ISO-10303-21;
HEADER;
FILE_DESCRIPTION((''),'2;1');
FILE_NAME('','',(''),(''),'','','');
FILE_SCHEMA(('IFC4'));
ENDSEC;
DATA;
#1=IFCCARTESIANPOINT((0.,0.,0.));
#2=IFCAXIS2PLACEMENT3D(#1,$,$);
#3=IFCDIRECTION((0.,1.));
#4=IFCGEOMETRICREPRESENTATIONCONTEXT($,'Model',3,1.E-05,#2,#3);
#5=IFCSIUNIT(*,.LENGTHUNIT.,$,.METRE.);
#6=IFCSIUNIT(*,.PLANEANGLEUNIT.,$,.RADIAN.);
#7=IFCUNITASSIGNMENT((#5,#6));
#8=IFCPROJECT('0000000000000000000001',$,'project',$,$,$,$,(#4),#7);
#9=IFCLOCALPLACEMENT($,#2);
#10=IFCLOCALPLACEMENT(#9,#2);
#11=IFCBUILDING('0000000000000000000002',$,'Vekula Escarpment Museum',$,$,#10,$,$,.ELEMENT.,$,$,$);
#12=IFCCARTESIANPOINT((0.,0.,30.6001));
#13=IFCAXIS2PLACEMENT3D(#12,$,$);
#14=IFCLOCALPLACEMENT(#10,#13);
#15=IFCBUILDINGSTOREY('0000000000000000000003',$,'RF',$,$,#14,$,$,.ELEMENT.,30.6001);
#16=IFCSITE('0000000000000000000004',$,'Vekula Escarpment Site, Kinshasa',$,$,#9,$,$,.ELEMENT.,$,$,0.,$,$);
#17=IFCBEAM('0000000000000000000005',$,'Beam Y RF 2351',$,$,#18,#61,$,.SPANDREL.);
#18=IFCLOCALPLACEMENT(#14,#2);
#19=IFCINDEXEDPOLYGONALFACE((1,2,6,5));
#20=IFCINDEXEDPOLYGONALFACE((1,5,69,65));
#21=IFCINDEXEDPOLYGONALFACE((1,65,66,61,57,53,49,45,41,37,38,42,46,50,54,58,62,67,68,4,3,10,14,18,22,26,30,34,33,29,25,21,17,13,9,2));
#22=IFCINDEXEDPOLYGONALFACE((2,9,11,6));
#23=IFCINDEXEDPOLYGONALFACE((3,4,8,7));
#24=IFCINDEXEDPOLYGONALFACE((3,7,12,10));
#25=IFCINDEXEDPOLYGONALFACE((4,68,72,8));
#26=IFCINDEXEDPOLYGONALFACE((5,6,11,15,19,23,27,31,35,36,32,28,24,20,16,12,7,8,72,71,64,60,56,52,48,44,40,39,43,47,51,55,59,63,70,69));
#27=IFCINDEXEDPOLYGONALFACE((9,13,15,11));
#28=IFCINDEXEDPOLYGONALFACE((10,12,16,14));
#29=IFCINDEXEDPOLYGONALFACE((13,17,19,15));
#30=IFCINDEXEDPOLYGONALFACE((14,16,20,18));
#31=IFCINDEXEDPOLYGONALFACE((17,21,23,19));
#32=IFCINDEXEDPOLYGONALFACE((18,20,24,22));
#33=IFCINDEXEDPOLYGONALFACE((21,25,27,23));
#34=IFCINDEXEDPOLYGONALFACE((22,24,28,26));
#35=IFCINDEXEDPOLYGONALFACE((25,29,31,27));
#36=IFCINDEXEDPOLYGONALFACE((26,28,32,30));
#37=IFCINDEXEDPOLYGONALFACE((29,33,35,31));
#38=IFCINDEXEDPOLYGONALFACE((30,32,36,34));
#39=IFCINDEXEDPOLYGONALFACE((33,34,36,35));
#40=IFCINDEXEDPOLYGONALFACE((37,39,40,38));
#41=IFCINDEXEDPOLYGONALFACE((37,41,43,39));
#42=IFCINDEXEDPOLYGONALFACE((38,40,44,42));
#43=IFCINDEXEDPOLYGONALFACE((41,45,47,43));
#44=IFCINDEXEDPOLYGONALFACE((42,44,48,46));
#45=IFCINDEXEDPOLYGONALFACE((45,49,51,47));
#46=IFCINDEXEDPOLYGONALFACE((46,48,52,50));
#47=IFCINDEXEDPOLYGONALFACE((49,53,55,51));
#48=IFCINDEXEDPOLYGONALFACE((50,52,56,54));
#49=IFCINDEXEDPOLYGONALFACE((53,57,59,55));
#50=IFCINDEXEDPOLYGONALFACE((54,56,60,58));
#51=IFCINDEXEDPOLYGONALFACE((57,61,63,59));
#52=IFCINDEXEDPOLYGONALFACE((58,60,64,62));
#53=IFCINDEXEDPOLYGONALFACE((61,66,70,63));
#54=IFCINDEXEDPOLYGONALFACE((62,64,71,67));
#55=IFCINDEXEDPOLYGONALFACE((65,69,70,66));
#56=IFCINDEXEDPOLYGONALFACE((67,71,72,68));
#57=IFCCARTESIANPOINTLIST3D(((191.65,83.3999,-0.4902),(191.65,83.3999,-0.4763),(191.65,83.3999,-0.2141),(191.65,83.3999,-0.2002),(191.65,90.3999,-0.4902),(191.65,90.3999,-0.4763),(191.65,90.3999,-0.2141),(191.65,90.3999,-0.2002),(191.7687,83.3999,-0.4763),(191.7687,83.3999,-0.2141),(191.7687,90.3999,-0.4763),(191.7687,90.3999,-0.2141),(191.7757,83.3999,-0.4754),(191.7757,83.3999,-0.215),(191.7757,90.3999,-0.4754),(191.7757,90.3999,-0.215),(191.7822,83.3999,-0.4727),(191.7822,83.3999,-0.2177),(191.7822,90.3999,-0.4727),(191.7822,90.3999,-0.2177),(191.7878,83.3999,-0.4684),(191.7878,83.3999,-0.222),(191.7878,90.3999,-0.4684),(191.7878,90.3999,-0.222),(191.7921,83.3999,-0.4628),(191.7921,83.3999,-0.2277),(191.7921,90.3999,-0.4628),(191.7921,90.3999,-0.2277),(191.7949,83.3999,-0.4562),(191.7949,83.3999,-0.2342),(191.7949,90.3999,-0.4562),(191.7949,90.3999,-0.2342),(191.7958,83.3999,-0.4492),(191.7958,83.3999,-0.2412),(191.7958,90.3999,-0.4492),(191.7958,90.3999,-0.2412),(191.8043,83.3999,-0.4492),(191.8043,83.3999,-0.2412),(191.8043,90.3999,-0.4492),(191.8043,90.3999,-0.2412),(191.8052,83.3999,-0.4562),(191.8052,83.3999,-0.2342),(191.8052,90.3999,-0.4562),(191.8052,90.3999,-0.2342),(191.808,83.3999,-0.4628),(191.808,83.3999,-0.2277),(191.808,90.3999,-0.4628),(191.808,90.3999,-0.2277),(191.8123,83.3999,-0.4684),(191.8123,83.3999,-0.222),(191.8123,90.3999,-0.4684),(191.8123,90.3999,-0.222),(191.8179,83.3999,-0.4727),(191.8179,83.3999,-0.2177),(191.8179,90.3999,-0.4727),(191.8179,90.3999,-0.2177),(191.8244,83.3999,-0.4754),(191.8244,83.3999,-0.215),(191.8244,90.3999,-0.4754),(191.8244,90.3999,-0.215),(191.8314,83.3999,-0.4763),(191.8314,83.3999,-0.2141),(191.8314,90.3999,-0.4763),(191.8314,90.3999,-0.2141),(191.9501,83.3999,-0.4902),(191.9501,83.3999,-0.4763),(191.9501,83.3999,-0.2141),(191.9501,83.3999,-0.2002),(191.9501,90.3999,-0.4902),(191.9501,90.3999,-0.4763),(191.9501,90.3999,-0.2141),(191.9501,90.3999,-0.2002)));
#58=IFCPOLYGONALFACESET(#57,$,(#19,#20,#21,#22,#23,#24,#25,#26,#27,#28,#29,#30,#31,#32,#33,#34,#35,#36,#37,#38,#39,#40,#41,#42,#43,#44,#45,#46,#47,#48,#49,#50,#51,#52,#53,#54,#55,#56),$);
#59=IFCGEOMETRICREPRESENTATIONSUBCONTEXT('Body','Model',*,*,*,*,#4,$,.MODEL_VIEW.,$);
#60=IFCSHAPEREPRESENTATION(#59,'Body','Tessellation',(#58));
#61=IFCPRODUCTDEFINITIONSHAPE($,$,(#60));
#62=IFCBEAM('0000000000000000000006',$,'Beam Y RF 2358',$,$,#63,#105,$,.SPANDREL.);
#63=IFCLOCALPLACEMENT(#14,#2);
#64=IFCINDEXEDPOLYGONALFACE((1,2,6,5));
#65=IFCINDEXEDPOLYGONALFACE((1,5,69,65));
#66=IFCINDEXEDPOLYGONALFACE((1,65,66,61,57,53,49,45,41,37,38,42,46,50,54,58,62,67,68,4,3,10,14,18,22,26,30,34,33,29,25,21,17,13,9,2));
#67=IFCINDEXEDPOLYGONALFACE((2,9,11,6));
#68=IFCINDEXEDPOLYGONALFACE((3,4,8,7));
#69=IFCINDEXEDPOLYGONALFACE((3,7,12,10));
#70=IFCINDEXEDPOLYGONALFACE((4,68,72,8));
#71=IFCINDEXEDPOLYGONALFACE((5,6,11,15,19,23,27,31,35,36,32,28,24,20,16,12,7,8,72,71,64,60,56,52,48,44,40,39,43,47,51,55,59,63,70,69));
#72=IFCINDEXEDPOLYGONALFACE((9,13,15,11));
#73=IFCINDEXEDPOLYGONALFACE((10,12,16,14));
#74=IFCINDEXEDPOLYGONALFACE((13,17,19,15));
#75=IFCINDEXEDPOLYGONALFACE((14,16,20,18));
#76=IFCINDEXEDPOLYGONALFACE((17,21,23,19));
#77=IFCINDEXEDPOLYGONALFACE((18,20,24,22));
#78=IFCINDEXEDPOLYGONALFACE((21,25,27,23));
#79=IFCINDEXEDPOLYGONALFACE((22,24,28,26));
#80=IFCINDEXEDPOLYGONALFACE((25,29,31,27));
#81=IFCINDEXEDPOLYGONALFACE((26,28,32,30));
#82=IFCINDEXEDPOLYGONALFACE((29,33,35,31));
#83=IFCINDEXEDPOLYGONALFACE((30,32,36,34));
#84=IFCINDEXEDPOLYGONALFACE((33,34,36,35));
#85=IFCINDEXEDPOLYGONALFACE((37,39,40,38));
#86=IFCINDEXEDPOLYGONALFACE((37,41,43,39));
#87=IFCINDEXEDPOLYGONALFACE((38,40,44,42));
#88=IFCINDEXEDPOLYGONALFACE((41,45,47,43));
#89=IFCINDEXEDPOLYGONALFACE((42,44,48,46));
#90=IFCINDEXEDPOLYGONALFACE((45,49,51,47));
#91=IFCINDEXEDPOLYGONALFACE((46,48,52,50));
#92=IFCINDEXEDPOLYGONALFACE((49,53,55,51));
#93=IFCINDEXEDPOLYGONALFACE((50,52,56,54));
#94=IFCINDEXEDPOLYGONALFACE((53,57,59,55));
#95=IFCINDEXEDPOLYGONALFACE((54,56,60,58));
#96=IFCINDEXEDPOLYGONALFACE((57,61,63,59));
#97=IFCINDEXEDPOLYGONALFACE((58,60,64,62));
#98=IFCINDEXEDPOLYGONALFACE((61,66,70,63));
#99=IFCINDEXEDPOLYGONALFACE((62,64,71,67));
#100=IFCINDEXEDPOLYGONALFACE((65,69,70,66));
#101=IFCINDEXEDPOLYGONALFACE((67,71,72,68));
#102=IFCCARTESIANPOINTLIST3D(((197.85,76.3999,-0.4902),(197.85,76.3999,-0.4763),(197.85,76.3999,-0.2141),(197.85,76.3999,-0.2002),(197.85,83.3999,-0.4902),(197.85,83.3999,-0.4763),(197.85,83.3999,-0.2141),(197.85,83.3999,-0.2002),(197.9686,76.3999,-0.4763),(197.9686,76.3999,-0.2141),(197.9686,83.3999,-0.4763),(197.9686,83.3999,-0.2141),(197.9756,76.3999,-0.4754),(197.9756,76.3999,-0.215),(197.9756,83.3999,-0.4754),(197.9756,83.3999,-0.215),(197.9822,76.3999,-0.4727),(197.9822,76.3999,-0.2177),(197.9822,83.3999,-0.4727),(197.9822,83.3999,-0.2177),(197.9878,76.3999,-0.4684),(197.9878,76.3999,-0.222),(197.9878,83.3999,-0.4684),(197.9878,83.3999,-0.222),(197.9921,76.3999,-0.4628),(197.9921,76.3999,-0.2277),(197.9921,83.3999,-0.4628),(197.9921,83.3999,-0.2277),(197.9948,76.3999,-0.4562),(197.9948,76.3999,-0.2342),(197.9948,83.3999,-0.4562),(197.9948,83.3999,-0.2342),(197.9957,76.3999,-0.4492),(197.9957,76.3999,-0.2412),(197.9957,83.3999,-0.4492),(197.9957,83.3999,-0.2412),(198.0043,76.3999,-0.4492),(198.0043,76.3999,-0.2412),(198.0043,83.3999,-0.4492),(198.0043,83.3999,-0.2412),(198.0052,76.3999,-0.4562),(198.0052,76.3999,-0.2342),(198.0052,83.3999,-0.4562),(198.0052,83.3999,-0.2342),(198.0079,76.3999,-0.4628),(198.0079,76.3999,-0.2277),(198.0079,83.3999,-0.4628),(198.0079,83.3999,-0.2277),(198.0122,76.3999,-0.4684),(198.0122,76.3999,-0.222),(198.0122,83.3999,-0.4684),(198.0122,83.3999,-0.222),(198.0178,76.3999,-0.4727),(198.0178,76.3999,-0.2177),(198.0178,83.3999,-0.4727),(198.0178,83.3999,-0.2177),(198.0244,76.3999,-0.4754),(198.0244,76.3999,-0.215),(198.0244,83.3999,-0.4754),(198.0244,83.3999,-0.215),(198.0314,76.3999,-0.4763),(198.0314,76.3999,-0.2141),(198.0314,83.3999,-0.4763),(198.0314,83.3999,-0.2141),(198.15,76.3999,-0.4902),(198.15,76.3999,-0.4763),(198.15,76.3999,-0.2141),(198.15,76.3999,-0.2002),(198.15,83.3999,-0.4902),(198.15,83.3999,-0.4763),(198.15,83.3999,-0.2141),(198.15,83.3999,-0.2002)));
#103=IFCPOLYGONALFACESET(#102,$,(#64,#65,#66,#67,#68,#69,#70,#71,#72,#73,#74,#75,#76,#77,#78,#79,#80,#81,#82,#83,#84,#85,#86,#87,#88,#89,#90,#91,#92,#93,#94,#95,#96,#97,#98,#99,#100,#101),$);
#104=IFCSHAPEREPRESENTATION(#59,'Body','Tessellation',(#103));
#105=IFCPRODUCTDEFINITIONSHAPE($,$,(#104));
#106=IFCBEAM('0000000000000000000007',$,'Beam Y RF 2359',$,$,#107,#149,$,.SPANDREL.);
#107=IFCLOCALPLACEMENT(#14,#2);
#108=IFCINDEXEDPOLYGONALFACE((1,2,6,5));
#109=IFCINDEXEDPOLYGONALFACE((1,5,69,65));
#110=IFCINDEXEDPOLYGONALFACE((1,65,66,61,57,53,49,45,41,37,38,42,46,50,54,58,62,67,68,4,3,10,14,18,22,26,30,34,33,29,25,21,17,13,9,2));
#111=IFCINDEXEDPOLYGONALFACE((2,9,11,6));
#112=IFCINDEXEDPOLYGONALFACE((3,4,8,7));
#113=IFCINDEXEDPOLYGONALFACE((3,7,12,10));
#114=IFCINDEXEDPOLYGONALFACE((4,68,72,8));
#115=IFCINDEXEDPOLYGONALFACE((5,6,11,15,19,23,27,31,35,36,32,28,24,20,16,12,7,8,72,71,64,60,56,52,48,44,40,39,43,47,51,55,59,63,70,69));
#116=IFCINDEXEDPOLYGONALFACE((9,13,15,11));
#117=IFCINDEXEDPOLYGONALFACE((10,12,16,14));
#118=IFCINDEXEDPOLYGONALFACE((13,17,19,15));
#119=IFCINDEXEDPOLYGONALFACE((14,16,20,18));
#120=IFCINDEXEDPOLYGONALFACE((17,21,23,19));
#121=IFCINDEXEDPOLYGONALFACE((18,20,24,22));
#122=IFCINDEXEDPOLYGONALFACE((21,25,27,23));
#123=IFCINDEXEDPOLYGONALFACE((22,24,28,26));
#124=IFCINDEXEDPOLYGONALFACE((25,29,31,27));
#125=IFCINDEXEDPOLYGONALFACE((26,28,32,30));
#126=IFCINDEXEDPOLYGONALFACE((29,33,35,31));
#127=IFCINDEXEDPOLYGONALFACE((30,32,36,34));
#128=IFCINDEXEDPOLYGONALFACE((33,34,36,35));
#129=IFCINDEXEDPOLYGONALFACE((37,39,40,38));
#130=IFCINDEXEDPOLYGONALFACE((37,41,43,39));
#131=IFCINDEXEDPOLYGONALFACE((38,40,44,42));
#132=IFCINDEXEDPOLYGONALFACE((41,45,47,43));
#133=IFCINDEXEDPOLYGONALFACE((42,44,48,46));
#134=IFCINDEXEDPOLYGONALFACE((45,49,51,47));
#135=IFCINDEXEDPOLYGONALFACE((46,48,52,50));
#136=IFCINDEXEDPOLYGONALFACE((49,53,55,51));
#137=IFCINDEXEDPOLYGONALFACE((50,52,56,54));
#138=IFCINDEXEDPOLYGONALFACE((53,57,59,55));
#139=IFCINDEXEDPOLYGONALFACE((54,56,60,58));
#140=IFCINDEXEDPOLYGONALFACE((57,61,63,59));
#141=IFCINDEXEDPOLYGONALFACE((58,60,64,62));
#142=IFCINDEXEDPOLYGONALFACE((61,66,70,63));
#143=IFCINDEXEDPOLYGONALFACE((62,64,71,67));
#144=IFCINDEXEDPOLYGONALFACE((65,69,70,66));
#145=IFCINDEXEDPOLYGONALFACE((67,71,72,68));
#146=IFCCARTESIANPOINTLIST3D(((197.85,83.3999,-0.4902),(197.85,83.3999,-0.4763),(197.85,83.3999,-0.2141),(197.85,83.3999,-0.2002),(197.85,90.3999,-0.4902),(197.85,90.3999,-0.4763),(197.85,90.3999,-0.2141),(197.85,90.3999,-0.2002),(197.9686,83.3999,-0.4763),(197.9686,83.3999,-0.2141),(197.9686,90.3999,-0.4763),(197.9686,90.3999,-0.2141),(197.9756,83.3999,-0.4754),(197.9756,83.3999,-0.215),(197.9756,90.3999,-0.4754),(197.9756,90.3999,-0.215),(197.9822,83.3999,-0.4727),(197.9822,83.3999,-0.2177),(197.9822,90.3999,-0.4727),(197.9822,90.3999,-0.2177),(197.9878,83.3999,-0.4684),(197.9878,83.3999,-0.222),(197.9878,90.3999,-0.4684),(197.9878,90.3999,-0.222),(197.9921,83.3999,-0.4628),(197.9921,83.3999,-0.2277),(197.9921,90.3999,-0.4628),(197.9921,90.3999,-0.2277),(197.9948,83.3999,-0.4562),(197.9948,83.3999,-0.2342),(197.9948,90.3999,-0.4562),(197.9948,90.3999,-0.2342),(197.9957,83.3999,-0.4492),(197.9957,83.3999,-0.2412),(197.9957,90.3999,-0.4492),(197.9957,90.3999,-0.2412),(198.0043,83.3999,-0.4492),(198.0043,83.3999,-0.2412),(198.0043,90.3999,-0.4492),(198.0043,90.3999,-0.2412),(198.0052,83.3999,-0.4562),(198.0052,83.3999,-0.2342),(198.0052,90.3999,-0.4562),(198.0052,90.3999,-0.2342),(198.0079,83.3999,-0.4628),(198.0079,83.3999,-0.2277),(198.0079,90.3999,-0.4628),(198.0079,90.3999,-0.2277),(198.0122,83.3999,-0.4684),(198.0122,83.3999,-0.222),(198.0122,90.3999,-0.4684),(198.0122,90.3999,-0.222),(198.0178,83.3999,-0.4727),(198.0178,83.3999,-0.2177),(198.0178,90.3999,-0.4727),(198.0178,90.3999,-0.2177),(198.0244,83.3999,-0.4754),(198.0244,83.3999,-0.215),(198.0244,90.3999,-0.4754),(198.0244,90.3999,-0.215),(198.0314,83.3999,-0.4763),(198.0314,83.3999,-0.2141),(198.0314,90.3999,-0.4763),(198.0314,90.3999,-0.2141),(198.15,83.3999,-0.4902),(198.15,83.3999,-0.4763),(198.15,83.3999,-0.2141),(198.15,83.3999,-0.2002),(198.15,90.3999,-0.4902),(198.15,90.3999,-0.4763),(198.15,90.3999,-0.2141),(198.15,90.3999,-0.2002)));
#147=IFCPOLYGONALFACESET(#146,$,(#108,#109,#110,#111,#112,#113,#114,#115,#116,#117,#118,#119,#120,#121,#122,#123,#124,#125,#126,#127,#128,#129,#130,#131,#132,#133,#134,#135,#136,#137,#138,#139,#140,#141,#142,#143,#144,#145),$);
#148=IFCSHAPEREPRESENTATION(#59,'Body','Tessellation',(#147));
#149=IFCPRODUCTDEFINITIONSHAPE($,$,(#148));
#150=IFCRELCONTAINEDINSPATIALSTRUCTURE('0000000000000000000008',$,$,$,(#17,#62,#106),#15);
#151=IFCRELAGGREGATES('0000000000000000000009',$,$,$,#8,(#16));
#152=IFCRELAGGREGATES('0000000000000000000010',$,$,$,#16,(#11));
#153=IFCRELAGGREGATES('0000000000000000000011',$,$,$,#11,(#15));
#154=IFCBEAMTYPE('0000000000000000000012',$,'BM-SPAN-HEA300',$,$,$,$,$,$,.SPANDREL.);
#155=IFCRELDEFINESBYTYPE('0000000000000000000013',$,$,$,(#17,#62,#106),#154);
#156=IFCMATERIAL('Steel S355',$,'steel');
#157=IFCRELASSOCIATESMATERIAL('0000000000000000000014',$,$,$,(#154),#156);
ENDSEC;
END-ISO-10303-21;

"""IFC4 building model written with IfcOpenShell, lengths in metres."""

from ifc_helpers import new_model, si_unit, direction, frame, origin, origin_2d, place, context, subcontext, project, spatial, i_section, extrude, material, material_profile, profile_set, type_object, element, save


model = new_model("IFC4")

# Units and contexts
model_context = context("Model", 3, precision=1e-05, world=origin(), true_north=direction((0.0, 1.0)))
body_context = subcontext(model_context, "Body", "Model", "MODEL_VIEW")
ifc_project = project(units=[si_unit("LENGTHUNIT", "METRE"), si_unit("PLANEANGLEUNIT", "RADIAN")], contexts=[model_context])

# Site, building, storey
site_placement = place(None, origin())
site = spatial("IfcSite", under=ifc_project, at=site_placement, Name="Vekula Escarpment Site, Kinshasa", CompositionType="ELEMENT", RefElevation=0.0)
building_placement = place(site_placement, origin())
building = spatial("IfcBuilding", under=site, at=building_placement, Name="Vekula Escarpment Museum", CompositionType="ELEMENT")
storey_placement = place(building_placement, frame((0.0, 0.0, 30.6001)))
storey = spatial("IfcBuildingStorey", under=building, at=storey_placement, Name="RF", CompositionType="ELEMENT", Elevation=30.6001)

# Beams
ifc_material_1 = material(Name="Steel S355", Category="steel")
ifc_material_profile_1 = material_profile(ifc_material_1, i_section(OverallWidth=0.3, OverallDepth=0.29, WebThickness=0.0085, FlangeThickness=0.0139, FilletRadius=0.0271, at=origin_2d()), Name="HEA 300")
ifc_profile_set_1 = profile_set([ifc_material_profile_1], Name="Steel S355")
beam_type_1 = type_object("IfcBeamType", Name="BM-SPAN-HEA300", PredefinedType="SPANDREL", material=ifc_profile_set_1)
for number, where, z_axis, x_axis, name in (
    (1, (191.8, 83.3999, -0.3452), (0.0, 1.0, 0.0), (-1.0, 0.0, 0.0), "Beam Y RF 2351"),
    (2, (198.0, 76.3999, -0.3452), (0.0, 1.0, 0.0), (-1.0, 0.0, 0.0), "Beam Y RF 2358"),
    (3, (198.0, 83.3999, -0.3452), (0.0, 1.0, 0.0), (-1.0, 0.0, 0.0), "Beam Y RF 2359"),
):
    element("IfcBeam", number, at=place(storey_placement, frame(where, z_axis=z_axis, x_axis=x_axis)), inside=storey, type_object=beam_type_1, Name=name, PredefinedType="SPANDREL", context=body_context, shape_type="SweptSolid", body=[
        extrude(i_section(OverallWidth=0.3, OverallDepth=0.29, WebThickness=0.0085, FlangeThickness=0.0139, FilletRadius=0.0271, at=origin_2d()), origin(), (0.0, 0.0, 1.0), 7.0),
    ])

save(model, "model.ifc")
